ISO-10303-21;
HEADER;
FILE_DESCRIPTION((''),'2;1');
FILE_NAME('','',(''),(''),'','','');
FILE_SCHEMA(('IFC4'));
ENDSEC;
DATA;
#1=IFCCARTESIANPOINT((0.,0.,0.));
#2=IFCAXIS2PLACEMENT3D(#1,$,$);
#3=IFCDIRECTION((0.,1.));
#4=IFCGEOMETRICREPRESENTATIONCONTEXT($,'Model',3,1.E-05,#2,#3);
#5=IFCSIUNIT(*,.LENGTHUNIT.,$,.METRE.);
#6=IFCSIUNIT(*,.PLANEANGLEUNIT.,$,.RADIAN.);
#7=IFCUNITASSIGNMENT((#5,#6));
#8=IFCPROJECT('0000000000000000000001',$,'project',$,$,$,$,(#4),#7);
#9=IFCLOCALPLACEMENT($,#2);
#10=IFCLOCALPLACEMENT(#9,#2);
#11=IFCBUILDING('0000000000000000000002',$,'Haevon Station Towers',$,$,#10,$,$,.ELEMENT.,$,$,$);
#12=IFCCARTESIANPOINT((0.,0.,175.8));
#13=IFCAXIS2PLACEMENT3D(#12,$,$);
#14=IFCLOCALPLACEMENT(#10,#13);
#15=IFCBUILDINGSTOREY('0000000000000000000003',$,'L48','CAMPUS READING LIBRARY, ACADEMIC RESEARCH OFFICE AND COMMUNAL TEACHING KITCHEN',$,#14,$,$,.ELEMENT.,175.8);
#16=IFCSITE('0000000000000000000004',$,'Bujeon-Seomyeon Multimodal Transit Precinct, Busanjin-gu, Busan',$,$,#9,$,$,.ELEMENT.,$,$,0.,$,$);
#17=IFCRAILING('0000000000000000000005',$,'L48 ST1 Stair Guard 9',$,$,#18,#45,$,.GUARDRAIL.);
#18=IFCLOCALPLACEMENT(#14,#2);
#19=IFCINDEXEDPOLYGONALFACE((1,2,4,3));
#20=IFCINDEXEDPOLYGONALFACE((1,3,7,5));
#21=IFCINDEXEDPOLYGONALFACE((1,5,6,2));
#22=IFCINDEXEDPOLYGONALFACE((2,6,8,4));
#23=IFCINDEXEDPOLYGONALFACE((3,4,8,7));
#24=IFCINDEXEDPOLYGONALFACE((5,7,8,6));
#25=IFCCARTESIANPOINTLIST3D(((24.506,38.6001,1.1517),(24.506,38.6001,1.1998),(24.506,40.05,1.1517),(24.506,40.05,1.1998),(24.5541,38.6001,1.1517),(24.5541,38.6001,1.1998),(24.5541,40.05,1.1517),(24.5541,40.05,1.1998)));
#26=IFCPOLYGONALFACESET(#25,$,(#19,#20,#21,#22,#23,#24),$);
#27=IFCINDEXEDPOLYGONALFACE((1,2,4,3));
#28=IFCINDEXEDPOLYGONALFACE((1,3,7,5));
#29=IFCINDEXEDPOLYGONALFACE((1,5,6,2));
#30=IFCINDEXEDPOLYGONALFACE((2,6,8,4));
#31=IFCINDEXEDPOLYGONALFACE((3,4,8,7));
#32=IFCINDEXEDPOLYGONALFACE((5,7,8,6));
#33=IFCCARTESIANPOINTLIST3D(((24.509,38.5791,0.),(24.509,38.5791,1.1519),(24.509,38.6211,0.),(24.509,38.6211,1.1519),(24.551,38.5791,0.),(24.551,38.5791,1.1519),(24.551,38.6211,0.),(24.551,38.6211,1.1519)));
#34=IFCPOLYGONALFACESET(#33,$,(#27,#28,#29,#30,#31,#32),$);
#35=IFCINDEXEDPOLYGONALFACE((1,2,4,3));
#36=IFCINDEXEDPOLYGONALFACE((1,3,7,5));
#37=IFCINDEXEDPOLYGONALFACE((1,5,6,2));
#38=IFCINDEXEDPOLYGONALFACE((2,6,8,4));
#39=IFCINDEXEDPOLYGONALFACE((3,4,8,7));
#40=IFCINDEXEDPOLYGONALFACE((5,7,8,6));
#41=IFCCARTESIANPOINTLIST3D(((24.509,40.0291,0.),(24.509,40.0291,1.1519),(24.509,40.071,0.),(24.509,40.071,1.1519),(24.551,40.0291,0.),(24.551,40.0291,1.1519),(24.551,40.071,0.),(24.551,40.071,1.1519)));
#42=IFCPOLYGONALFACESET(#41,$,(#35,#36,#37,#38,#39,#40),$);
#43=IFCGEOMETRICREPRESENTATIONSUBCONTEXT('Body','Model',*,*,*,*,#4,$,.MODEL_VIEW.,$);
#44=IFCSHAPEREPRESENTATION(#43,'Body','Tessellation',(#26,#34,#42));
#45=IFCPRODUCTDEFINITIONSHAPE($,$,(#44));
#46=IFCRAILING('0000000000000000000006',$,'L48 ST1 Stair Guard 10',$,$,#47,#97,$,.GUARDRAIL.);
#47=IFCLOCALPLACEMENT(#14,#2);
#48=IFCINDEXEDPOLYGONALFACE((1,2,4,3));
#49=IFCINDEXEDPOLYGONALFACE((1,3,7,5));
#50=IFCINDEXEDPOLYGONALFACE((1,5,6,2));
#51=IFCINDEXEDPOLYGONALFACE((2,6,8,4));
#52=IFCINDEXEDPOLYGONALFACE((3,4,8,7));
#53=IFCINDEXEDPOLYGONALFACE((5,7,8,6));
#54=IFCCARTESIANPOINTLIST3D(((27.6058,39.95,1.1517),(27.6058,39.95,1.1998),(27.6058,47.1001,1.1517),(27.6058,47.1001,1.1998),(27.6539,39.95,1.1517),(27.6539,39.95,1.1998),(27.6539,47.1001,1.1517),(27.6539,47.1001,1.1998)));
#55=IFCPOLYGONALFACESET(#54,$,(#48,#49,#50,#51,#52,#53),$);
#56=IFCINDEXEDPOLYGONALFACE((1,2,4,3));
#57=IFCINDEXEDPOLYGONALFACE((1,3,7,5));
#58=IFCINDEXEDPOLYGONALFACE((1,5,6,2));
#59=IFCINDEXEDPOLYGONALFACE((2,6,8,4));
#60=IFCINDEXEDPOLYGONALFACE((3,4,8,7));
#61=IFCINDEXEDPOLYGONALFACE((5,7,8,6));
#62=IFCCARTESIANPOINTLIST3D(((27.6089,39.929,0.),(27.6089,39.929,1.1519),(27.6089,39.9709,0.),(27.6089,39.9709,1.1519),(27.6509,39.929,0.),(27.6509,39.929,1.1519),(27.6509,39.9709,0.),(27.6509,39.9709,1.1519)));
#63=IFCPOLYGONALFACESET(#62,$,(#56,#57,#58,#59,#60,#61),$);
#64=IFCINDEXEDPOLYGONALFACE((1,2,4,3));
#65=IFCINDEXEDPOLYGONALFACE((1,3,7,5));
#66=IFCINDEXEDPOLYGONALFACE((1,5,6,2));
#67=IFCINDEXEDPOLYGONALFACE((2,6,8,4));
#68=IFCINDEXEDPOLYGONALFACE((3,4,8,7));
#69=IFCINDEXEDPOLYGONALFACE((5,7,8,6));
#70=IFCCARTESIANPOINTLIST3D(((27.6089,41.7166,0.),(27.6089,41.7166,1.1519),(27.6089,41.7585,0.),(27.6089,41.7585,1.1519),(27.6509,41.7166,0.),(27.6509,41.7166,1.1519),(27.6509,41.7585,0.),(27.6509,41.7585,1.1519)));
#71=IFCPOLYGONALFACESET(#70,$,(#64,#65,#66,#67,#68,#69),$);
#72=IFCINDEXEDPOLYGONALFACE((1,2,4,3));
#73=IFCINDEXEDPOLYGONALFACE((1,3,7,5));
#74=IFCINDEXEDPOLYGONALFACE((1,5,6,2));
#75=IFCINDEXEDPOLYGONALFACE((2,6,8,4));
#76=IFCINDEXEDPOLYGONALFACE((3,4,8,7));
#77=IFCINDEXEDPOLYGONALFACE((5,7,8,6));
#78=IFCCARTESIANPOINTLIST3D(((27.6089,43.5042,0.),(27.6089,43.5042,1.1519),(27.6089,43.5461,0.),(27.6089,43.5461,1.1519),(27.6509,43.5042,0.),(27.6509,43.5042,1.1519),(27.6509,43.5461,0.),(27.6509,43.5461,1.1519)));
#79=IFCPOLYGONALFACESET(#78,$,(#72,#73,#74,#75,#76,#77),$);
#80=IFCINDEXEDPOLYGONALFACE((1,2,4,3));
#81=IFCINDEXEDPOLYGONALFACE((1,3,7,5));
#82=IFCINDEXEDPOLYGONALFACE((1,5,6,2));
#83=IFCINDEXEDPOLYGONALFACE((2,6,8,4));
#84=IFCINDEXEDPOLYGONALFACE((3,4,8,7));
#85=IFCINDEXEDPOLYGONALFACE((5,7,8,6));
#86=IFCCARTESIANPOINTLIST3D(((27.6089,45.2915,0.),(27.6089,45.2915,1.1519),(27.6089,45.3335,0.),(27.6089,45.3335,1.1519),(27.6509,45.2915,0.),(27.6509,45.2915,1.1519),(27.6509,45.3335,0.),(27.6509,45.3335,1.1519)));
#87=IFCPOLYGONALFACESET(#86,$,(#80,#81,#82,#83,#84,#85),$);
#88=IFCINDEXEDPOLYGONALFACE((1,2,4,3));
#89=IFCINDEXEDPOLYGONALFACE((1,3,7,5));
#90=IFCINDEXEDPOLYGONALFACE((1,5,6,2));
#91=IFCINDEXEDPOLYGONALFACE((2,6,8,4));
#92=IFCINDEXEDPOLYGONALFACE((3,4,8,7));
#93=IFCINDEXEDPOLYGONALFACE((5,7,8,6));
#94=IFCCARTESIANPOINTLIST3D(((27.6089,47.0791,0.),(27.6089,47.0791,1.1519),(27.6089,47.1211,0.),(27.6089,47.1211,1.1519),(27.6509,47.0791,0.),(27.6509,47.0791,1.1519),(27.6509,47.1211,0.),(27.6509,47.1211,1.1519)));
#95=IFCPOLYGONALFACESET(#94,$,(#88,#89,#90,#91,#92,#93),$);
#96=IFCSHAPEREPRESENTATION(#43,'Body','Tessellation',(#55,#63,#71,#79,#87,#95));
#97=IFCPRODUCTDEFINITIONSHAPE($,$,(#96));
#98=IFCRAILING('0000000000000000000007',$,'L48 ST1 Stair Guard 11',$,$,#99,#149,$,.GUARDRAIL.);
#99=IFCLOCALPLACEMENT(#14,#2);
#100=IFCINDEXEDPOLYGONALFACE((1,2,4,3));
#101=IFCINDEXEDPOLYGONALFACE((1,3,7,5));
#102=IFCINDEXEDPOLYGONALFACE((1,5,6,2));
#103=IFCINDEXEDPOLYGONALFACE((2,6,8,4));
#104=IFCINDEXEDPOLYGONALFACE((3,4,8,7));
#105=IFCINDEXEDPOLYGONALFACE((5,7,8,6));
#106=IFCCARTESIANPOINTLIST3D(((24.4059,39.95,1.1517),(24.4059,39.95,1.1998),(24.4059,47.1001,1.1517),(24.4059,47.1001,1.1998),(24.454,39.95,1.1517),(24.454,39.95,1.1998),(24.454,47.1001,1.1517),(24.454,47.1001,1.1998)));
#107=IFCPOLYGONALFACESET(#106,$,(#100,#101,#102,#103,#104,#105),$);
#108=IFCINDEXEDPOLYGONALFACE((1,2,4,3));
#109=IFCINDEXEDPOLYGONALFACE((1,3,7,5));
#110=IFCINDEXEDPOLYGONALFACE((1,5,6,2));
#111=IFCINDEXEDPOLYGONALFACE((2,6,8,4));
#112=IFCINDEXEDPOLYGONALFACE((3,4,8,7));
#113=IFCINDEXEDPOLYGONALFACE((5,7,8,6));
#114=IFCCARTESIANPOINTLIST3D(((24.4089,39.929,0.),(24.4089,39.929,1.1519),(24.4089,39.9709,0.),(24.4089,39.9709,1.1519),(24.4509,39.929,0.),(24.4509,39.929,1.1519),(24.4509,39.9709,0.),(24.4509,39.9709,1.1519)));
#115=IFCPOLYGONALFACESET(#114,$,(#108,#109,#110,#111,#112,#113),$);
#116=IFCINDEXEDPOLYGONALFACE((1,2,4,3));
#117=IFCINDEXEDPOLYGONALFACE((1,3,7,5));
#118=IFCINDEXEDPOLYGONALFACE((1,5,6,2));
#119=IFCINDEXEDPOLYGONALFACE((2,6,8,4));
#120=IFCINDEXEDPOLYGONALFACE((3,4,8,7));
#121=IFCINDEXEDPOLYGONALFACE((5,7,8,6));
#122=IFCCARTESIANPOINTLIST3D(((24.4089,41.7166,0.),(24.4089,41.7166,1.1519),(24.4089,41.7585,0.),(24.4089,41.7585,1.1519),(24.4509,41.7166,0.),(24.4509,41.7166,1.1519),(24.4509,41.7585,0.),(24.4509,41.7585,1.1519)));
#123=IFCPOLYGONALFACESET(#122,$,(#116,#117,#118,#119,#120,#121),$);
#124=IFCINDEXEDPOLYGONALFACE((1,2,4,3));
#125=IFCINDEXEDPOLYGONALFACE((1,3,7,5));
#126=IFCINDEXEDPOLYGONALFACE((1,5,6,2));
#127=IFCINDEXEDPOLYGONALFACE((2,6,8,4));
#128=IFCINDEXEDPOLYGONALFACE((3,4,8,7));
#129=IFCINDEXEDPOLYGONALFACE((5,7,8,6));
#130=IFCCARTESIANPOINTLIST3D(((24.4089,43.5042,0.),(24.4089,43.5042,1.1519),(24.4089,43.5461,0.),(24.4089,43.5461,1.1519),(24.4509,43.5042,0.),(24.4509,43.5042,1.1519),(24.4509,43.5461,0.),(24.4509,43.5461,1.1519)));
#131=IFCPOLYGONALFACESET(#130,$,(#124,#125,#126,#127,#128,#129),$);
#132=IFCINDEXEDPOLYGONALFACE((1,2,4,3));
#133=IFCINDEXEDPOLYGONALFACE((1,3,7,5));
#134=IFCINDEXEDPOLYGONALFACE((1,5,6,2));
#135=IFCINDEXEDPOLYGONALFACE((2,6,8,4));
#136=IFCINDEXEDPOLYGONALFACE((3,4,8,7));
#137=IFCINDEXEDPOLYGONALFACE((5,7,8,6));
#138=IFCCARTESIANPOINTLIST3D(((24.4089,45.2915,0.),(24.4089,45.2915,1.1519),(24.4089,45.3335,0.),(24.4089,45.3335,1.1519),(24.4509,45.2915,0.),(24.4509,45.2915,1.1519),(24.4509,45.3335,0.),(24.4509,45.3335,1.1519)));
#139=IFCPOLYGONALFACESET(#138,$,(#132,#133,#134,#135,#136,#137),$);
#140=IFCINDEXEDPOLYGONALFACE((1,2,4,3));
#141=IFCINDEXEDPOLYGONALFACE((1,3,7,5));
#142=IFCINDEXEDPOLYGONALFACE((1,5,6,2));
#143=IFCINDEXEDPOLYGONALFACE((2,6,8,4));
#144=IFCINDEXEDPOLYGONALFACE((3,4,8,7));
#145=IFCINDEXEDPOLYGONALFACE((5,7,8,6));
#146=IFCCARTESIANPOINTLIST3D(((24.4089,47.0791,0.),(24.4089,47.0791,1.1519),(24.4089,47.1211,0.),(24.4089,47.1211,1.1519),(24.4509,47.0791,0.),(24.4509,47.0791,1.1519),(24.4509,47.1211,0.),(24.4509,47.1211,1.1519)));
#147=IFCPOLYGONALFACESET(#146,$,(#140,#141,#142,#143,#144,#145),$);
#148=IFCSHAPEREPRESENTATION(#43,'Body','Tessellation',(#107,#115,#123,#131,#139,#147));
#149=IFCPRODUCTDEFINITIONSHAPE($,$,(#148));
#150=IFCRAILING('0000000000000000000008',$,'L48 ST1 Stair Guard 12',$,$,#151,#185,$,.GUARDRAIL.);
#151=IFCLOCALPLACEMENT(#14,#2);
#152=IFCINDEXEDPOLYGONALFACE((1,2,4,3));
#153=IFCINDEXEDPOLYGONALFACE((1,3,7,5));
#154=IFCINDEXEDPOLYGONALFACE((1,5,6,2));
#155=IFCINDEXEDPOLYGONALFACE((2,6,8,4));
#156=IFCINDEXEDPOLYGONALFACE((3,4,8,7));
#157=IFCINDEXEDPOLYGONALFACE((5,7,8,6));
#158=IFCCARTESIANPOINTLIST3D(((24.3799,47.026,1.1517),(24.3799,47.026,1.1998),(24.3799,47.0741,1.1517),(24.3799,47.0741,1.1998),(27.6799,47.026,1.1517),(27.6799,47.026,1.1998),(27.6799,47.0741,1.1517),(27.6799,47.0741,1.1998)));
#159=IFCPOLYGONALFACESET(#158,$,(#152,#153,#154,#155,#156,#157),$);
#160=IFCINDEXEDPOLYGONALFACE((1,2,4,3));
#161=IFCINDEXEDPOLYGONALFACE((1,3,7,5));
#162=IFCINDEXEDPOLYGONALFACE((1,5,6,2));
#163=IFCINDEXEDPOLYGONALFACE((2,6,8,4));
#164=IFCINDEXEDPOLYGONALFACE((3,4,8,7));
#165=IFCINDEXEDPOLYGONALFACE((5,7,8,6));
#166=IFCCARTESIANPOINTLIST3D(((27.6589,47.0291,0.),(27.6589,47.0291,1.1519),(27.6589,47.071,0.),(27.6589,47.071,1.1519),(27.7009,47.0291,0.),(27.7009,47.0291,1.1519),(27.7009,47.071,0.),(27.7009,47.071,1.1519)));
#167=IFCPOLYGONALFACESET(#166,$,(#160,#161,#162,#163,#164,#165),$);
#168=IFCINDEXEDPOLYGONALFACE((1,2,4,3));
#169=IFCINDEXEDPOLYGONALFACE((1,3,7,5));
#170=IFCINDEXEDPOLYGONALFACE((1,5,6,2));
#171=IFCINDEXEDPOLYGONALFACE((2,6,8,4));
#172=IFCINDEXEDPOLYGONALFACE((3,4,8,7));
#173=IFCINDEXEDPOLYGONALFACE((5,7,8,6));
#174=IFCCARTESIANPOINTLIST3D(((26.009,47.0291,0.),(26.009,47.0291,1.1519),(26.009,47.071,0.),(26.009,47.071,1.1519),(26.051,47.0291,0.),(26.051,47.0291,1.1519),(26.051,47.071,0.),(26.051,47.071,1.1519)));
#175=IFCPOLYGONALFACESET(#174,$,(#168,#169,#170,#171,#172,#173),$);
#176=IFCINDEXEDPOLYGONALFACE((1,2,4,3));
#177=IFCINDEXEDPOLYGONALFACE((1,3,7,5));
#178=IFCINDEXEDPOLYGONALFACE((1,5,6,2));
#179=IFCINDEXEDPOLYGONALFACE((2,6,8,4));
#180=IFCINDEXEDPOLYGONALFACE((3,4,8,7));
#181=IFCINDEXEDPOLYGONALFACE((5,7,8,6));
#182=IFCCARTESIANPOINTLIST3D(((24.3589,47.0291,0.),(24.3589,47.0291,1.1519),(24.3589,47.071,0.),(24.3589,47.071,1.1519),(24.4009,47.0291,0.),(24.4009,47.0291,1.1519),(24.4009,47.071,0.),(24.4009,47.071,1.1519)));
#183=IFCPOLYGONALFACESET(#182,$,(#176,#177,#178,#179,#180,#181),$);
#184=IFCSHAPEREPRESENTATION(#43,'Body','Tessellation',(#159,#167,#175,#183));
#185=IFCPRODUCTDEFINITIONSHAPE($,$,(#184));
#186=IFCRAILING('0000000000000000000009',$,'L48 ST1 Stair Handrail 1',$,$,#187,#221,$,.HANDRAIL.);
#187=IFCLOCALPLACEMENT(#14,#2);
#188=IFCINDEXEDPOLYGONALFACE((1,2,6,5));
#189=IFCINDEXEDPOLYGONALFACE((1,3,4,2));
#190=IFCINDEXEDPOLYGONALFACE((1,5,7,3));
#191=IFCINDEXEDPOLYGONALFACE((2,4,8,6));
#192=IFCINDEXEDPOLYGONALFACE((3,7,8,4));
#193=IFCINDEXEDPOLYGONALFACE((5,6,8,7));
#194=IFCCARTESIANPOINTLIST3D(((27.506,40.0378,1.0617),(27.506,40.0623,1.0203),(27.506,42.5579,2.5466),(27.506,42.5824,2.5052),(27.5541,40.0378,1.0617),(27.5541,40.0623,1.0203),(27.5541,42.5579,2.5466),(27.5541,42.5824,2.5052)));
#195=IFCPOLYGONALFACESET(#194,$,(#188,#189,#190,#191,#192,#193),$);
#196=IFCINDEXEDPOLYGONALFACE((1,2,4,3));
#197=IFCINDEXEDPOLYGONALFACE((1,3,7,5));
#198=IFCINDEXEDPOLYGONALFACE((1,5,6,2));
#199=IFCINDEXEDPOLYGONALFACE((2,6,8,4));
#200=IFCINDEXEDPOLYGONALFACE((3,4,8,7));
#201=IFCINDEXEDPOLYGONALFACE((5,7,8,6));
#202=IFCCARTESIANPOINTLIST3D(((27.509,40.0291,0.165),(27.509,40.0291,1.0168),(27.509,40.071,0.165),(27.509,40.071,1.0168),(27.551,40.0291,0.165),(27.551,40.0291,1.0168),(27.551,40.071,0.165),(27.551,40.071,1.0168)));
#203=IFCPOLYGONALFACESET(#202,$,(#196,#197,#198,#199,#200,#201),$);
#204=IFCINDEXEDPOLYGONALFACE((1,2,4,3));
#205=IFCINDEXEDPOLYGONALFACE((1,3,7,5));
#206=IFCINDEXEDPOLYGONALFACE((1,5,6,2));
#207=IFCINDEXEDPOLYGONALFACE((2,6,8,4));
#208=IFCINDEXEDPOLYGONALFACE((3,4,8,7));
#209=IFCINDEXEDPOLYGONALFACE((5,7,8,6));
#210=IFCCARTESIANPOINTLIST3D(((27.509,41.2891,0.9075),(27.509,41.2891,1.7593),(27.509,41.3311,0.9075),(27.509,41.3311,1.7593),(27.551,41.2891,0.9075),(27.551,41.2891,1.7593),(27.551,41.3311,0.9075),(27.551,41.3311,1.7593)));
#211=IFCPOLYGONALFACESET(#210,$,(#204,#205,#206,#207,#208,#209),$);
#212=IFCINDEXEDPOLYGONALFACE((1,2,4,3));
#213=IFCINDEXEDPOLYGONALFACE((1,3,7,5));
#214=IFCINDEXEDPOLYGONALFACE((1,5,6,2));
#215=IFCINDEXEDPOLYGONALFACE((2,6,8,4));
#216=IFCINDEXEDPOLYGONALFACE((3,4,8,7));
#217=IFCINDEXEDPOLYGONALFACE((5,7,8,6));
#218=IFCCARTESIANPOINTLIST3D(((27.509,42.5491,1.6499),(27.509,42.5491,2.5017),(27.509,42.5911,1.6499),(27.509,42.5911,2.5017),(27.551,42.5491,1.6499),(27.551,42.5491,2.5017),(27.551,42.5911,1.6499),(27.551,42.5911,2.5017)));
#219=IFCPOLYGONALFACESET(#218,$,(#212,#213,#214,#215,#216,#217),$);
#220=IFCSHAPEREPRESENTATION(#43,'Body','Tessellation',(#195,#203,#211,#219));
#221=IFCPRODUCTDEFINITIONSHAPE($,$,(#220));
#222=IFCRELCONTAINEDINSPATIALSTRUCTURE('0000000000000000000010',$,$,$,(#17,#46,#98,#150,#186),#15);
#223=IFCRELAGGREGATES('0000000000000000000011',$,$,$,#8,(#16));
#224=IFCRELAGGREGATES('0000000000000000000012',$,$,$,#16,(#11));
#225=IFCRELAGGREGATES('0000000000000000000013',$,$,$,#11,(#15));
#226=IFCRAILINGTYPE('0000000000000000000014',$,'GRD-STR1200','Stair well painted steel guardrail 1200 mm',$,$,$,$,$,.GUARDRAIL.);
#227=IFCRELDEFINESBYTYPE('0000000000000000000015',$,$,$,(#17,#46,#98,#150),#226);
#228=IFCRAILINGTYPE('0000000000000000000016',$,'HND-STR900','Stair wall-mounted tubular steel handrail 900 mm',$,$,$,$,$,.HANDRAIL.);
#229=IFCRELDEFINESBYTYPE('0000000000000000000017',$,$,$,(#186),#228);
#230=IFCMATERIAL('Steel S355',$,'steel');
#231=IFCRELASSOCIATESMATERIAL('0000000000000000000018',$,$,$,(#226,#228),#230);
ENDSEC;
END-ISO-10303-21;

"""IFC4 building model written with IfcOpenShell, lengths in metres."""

from ifc_helpers import new_model, si_unit, direction, frame, origin, origin_2d, place, context, subcontext, project, spatial, rectangle, extrude, material, type_object, element, save


model = new_model("IFC4")

# Units and contexts
model_context = context("Model", 3, precision=1e-05, world=origin(), true_north=direction((0.0, 1.0)))
body_context = subcontext(model_context, "Body", "Model", "MODEL_VIEW")
ifc_project = project(units=[si_unit("LENGTHUNIT", "METRE"), si_unit("PLANEANGLEUNIT", "RADIAN")], contexts=[model_context])

# Site, building, storey
site_placement = place(None, origin())
site = spatial("IfcSite", under=ifc_project, at=site_placement, Name="Bujeon-Seomyeon Multimodal Transit Precinct, Busanjin-gu, Busan", CompositionType="ELEMENT", RefElevation=0.0)
building_placement = place(site_placement, origin())
building = spatial("IfcBuilding", under=site, at=building_placement, Name="Haevon Station Towers", CompositionType="ELEMENT")
storey_placement = place(building_placement, frame((0.0, 0.0, 175.8)))
storey = spatial("IfcBuildingStorey", under=building, at=storey_placement, Name="L48", Description="CAMPUS READING LIBRARY, ACADEMIC RESEARCH OFFICE AND COMMUNAL TEACHING KITCHEN", CompositionType="ELEMENT", Elevation=175.8)

# Shared definitions
ifc_material_1 = material(Name="Steel S355", Category="steel")

# Railings
railing_type_1 = type_object("IfcRailingType", Name="GRD-STR1200", Description="Stair well painted steel guardrail 1200 mm", PredefinedType="GUARDRAIL", material=ifc_material_1)
for number, where, name in (
    (1, (24.53, 38.6001, 0.0), "L48 ST1 Stair Guard 9"),
):
    element("IfcRailing", number, at=place(storey_placement, frame(where)), inside=storey, type_object=railing_type_1, Name=name, PredefinedType="GUARDRAIL", context=body_context, shape_type="SweptSolid", body=[
        extrude(rectangle(XDim=0.0481, YDim=0.0481, at=origin_2d()), frame((0.0, 0.0, 1.1758), z_axis=(0.0, 1.0, 0.0), x_axis=(-1.0, 0.0, 0.0)), (0.0, 0.0, 1.0), 1.45),
        extrude(rectangle(XDim=0.042, YDim=0.042, at=origin_2d()), origin(), (0.0, 0.0, 1.0), 1.1519),
        extrude(rectangle(XDim=0.042, YDim=0.042, at=origin_2d()), frame((0.0, 1.45, 0.0)), (0.0, 0.0, 1.0), 1.1519),
    ])
for number, where, name in (
    (2, (27.6299, 39.95, 0.0), "L48 ST1 Stair Guard 10"),
    (3, (24.4299, 39.95, 0.0), "L48 ST1 Stair Guard 11"),
):
    element("IfcRailing", number, at=place(storey_placement, frame(where)), inside=storey, type_object=railing_type_1, Name=name, PredefinedType="GUARDRAIL", context=body_context, shape_type="SweptSolid", body=[
        extrude(rectangle(XDim=0.0481, YDim=0.0481, at=origin_2d()), frame((0.0, 0.0, 1.1758), z_axis=(0.0, 1.0, 0.0), x_axis=(-1.0, 0.0, 0.0)), (0.0, 0.0, 1.0), 7.1501),
        extrude(rectangle(XDim=0.042, YDim=0.042, at=origin_2d()), origin(), (0.0, 0.0, 1.0), 1.1519),
        extrude(rectangle(XDim=0.042, YDim=0.042, at=origin_2d()), frame((0.0, 1.7876, 0.0)), (0.0, 0.0, 1.0), 1.1519),
        extrude(rectangle(XDim=0.042, YDim=0.042, at=origin_2d()), frame((0.0, 3.5752, 0.0)), (0.0, 0.0, 1.0), 1.1519),
        extrude(rectangle(XDim=0.042, YDim=0.042, at=origin_2d()), frame((0.0, 5.3625, 0.0)), (0.0, 0.0, 1.0), 1.1519),
        extrude(rectangle(XDim=0.042, YDim=0.042, at=origin_2d()), frame((0.0, 7.1501, 0.0)), (0.0, 0.0, 1.0), 1.1519),
    ])
railing_1_placement = place(storey_placement, frame((27.6799, 47.05, 0.0)))
element("IfcRailing", 4, at=railing_1_placement, inside=storey, type_object=railing_type_1, Name="L48 ST1 Stair Guard 12", PredefinedType="GUARDRAIL", context=body_context, shape_type="SweptSolid", body=[
    extrude(rectangle(XDim=0.0481, YDim=0.0481, at=origin_2d()), frame((0.0, 0.0, 1.1758), z_axis=(-1.0, 0.0, 0.0), x_axis=(0.0, -1.0, 0.0)), (0.0, 0.0, 1.0), 3.3),
    extrude(rectangle(XDim=0.042, YDim=0.042, at=origin_2d()), origin(), (0.0, 0.0, 1.0), 1.1519),
    extrude(rectangle(XDim=0.042, YDim=0.042, at=origin_2d()), frame((-1.6499, 0.0, 0.0)), (0.0, 0.0, 1.0), 1.1519),
    extrude(rectangle(XDim=0.042, YDim=0.042, at=origin_2d()), frame((-3.3, 0.0, 0.0)), (0.0, 0.0, 1.0), 1.1519),
])
railing_type_2 = type_object("IfcRailingType", Name="HND-STR900", Description="Stair wall-mounted tubular steel handrail 900 mm", PredefinedType="HANDRAIL", material=ifc_material_1)
railing_2_placement = place(storey_placement, frame((27.53, 40.05, 0.165)))
element("IfcRailing", 5, at=railing_2_placement, inside=storey, type_object=railing_type_2, Name="L48 ST1 Stair Handrail 1", PredefinedType="HANDRAIL", context=body_context, shape_type="SweptSolid", body=[
    extrude(rectangle(XDim=0.0481, YDim=0.0481, at=origin_2d()), frame((0.0, 0.0, 0.876), z_axis=(0.0, 0.861561, 0.507655), x_axis=(-1.0, 0.0, 0.0)), (0.0, 0.0, 1.0), 2.925),
    extrude(rectangle(XDim=0.042, YDim=0.042, at=origin_2d()), origin(), (0.0, 0.0, 1.0), 0.8518),
    extrude(rectangle(XDim=0.042, YDim=0.042, at=origin_2d()), frame((0.0, 1.26, 0.7424)), (0.0, 0.0, 1.0), 0.8518),
    extrude(rectangle(XDim=0.042, YDim=0.042, at=origin_2d()), frame((0.0, 2.52, 1.4849)), (0.0, 0.0, 1.0), 0.8518),
])

save(model, "model.ifc")
